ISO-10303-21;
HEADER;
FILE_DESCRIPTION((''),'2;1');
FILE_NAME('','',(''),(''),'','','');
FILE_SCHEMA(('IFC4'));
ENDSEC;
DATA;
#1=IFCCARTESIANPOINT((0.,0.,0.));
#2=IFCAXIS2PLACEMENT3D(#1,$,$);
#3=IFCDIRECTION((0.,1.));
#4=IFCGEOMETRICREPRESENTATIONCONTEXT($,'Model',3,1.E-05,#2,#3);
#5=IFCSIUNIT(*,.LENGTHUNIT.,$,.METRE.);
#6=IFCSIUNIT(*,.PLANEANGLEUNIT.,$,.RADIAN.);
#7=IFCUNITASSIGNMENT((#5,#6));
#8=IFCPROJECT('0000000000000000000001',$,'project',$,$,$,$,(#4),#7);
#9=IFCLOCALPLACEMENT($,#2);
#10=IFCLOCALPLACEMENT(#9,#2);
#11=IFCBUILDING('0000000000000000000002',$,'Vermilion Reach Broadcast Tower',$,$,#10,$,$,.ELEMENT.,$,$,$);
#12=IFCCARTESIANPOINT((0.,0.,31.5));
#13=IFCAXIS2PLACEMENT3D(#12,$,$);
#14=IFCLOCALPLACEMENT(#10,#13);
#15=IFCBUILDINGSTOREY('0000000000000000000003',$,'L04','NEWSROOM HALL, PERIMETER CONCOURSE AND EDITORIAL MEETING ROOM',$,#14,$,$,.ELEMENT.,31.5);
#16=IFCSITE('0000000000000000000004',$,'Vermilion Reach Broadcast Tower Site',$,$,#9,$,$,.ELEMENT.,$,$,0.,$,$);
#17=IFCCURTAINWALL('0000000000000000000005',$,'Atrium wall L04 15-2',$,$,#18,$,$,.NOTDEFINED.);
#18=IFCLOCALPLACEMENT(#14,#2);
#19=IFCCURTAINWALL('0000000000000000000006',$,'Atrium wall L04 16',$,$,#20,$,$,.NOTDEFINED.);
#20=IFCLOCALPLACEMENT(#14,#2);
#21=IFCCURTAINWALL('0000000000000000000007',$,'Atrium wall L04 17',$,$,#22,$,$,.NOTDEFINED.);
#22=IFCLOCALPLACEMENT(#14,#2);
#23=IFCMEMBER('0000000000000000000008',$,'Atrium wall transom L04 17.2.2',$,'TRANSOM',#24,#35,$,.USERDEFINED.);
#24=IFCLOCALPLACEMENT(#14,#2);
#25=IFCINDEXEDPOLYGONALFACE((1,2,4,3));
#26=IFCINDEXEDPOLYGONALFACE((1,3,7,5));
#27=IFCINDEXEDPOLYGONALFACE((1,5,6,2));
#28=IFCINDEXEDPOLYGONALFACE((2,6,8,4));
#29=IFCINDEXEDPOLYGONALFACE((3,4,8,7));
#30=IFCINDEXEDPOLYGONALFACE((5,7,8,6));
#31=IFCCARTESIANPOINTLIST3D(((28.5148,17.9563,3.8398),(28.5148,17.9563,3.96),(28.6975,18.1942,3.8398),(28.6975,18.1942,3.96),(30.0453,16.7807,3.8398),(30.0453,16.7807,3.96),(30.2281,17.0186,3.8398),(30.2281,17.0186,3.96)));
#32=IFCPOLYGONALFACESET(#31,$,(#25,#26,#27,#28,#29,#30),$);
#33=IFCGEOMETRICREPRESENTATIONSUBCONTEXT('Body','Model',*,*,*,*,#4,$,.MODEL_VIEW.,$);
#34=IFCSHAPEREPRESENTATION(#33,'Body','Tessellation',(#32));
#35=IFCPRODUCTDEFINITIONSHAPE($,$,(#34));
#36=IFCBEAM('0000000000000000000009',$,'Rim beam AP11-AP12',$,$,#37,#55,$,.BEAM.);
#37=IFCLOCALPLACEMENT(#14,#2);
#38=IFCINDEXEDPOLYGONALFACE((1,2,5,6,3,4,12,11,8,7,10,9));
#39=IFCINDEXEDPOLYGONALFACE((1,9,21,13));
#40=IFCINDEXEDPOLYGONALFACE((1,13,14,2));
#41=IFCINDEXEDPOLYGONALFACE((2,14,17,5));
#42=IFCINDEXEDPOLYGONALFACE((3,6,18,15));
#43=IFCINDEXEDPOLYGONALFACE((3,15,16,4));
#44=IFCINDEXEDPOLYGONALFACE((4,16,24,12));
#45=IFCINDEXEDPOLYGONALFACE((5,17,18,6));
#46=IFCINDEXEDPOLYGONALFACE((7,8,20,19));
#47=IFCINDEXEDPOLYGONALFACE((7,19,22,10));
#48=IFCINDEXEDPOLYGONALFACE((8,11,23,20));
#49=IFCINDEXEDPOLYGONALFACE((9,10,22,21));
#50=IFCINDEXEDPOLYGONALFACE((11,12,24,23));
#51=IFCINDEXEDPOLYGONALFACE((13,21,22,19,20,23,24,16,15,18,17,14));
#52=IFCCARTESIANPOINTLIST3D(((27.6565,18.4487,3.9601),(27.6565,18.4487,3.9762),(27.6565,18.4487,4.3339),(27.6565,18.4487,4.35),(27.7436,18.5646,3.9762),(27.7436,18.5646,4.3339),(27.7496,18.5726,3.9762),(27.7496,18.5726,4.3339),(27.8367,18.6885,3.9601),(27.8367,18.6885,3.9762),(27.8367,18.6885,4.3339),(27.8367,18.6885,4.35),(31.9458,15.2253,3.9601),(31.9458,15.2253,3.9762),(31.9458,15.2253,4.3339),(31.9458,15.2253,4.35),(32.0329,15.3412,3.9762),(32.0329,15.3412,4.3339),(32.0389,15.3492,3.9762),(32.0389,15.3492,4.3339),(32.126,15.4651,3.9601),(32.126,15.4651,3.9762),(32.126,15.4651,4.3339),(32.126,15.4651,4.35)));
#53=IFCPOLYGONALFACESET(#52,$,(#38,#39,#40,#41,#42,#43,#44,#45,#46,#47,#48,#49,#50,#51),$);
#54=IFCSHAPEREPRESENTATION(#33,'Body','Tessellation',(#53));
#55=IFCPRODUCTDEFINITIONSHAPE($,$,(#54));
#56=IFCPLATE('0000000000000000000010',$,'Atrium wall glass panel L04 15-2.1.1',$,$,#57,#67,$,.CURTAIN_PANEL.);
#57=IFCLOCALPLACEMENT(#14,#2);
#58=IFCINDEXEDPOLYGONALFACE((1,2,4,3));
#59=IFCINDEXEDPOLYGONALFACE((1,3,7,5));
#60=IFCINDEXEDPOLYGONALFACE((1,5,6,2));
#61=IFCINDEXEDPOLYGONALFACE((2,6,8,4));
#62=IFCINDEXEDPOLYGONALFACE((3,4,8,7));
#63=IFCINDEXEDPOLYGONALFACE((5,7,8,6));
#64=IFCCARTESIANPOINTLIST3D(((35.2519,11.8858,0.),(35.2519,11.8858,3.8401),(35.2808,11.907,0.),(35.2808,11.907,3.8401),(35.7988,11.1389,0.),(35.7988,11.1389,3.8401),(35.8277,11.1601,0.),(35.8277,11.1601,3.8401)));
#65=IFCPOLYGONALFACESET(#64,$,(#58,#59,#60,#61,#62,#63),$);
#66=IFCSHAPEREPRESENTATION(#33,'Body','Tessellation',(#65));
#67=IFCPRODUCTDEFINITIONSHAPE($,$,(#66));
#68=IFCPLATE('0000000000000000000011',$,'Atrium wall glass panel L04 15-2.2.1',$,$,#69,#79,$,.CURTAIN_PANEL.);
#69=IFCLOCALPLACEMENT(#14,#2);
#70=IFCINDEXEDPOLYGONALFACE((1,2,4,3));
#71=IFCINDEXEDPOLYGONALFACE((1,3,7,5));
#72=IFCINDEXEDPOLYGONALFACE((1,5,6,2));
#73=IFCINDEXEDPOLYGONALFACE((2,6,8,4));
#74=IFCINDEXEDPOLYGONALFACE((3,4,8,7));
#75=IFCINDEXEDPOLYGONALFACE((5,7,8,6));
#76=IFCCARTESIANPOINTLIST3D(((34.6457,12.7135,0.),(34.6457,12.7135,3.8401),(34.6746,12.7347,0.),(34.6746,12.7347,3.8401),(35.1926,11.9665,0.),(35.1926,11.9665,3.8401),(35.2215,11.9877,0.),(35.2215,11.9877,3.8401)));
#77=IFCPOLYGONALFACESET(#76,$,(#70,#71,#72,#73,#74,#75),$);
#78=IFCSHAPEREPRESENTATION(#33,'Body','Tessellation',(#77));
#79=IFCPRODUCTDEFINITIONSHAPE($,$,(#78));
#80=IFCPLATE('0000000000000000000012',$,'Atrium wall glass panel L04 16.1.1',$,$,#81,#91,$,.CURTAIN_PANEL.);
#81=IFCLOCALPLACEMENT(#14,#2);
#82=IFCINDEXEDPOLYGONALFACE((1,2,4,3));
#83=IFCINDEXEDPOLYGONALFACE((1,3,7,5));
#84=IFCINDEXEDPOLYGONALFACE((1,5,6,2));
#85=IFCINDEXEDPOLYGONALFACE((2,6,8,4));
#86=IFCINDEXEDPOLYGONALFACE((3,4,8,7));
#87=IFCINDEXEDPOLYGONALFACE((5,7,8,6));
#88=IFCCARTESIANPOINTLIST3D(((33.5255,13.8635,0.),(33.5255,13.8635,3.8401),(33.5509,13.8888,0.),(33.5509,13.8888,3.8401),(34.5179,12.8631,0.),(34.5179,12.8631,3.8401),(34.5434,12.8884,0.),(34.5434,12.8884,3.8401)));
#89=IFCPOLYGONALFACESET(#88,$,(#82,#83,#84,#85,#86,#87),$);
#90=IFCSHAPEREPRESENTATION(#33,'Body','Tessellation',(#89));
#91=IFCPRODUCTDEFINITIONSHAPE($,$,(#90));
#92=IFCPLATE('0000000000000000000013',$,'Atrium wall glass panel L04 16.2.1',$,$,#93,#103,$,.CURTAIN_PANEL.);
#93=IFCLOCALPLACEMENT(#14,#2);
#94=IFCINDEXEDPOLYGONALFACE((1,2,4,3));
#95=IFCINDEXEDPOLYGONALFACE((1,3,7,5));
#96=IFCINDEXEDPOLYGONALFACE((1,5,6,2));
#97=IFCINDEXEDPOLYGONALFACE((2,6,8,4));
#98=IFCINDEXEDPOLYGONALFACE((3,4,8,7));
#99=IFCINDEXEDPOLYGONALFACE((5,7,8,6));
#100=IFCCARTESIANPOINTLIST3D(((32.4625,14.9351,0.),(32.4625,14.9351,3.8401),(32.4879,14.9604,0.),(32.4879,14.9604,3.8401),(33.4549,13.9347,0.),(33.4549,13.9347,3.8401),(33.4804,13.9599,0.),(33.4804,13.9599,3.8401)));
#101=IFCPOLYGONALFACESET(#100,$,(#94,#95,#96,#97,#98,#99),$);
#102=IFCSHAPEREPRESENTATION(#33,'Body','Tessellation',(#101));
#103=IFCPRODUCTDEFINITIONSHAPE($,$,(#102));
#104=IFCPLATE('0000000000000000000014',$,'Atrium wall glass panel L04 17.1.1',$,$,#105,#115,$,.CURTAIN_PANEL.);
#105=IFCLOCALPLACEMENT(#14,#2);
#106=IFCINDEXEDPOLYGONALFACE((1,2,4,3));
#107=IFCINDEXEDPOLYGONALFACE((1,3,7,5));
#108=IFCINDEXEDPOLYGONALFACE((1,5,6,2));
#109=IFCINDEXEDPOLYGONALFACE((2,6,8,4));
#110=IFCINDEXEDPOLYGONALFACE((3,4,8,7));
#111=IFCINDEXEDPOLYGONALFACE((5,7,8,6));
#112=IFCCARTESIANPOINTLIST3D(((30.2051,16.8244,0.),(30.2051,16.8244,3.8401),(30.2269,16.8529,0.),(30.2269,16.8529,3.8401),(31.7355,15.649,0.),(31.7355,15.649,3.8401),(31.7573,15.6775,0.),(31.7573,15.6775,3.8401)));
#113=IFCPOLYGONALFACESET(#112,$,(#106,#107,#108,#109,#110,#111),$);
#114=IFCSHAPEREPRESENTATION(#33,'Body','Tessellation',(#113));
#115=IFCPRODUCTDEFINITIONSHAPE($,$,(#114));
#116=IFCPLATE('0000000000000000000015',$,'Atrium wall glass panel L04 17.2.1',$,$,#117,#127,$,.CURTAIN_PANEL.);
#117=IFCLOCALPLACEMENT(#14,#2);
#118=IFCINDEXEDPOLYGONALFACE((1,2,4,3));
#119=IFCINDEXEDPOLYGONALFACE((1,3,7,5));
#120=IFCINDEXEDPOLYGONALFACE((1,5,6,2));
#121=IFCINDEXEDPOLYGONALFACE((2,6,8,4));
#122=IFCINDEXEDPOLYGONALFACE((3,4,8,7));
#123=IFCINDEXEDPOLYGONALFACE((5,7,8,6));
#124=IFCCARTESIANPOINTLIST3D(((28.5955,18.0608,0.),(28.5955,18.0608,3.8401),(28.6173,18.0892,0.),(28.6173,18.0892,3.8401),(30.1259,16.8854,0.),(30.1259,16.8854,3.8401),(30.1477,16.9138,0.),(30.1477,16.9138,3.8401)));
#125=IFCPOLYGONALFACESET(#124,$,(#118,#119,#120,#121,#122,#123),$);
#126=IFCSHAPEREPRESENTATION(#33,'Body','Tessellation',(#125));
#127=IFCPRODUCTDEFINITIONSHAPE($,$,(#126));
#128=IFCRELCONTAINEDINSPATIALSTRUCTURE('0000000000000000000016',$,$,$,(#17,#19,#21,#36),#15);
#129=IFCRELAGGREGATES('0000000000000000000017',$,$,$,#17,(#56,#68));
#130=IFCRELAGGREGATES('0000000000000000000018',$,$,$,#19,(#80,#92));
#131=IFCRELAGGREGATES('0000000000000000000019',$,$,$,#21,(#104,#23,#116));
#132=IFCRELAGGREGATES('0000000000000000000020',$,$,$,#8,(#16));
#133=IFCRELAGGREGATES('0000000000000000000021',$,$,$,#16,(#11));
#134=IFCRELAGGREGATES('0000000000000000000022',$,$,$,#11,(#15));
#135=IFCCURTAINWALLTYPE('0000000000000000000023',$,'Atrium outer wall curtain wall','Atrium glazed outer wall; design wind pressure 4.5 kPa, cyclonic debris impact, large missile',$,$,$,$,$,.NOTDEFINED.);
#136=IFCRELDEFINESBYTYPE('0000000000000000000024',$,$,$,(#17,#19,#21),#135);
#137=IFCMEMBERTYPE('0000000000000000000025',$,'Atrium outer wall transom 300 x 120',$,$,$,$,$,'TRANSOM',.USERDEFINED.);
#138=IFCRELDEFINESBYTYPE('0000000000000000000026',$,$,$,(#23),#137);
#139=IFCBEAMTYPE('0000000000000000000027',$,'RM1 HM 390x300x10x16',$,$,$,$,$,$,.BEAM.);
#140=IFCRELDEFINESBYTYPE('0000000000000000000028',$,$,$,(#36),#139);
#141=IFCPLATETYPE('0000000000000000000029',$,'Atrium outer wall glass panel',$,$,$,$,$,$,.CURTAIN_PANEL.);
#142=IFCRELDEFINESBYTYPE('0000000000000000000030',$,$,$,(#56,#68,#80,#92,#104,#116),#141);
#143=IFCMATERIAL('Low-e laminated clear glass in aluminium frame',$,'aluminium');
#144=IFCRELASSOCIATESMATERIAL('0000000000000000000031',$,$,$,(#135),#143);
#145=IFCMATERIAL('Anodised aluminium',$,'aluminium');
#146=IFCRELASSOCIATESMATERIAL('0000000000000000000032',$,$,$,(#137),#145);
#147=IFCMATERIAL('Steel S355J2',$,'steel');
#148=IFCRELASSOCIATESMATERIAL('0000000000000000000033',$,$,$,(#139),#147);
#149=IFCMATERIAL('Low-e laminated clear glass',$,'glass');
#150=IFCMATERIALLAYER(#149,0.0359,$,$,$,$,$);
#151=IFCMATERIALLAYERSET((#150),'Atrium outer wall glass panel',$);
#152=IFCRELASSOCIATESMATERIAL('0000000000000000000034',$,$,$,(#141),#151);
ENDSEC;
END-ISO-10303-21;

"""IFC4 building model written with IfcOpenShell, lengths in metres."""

from ifc_helpers import new_model, si_unit, direction, frame, origin, origin_2d, place, context, subcontext, project, spatial, rectangle, i_section, extrude, material, layer, layer_set, material_profile, profile_set, type_object, element, aggregate, save


model = new_model("IFC4")

# Units and contexts
model_context = context("Model", 3, precision=1e-05, world=origin(), true_north=direction((0.0, 1.0)))
body_context = subcontext(model_context, "Body", "Model", "MODEL_VIEW")
ifc_project = project(units=[si_unit("LENGTHUNIT", "METRE"), si_unit("PLANEANGLEUNIT", "RADIAN")], contexts=[model_context])

# Site, building, storey
site_placement = place(None, origin())
site = spatial("IfcSite", under=ifc_project, at=site_placement, Name="Vermilion Reach Broadcast Tower Site", CompositionType="ELEMENT", RefElevation=0.0)
building_placement = place(site_placement, origin())
building = spatial("IfcBuilding", under=site, at=building_placement, Name="Vermilion Reach Broadcast Tower", CompositionType="ELEMENT")
storey_placement = place(building_placement, frame((0.0, 0.0, 31.5)))
storey = spatial("IfcBuildingStorey", under=building, at=storey_placement, Name="L04", Description="NEWSROOM HALL, PERIMETER CONCOURSE AND EDITORIAL MEETING ROOM", CompositionType="ELEMENT", Elevation=31.5)

# Curtain walls
ifc_material_1 = material(Name="Low-e laminated clear glass in aluminium frame", Category="aluminium")
curtain_wall_type = type_object("IfcCurtainWallType", Name="Atrium outer wall curtain wall", Description="Atrium glazed outer wall; design wind pressure 4.5 kPa, cyclonic debris impact, large missile", PredefinedType="NOTDEFINED", material=ifc_material_1)
placement = place(storey_placement, origin())
curtain_wall_1 = element("IfcCurtainWall", 1, at=placement, inside=storey, type_object=curtain_wall_type, Name="Atrium wall L04 15-2", PredefinedType="NOTDEFINED")
curtain_wall_2 = element("IfcCurtainWall", 2, at=placement, inside=storey, type_object=curtain_wall_type, Name="Atrium wall L04 16", PredefinedType="NOTDEFINED")
curtain_wall_3 = element("IfcCurtainWall", 3, at=placement, inside=storey, type_object=curtain_wall_type, Name="Atrium wall L04 17", PredefinedType="NOTDEFINED")

# Member
ifc_material_2 = material(Name="Anodised aluminium", Category="aluminium")
ifc_material_profile_1 = material_profile(ifc_material_2, rectangle(XDim=0.3, YDim=0.1201, at=origin_2d()), Name="Atrium outer wall transom 300 x 120")
ifc_profile_set_1 = profile_set([ifc_material_profile_1], Name="Anodised aluminium")
member_type_1 = type_object("IfcMemberType", Name="Atrium outer wall transom 300 x 120", ElementType="TRANSOM", PredefinedType="USERDEFINED", material=ifc_profile_set_1)
member_1_placement = place(storey_placement, frame((30.1367, 16.8997, 3.8999), z_axis=(-0.793071, 0.60913, 0.0), x_axis=(-0.60913, -0.793071, 0.0)))
member_1 = element("IfcMember", 4, at=member_1_placement, type_object=member_type_1, Name="Atrium wall transom L04 17.2.2", ObjectType="TRANSOM", PredefinedType="USERDEFINED", context=body_context, shape_type="SweptSolid", body=[
    extrude(rectangle(XDim=0.3, YDim=0.1201, at=origin_2d()), origin(), (0.0, 0.0, 1.0), 1.9299),
])

# Beam
ifc_material_3 = material(Name="Steel S355J2", Category="steel")
ifc_material_profile_2 = material_profile(ifc_material_3, i_section(OverallWidth=0.3, OverallDepth=0.3899, WebThickness=0.01, FlangeThickness=0.0161, at=origin_2d()), Name="S355J2 HM 390x300x10x16")
ifc_profile_set_2 = profile_set([ifc_material_profile_2], Name="Steel S355J2")
beam_type = type_object("IfcBeamType", Name="RM1 HM 390x300x10x16", PredefinedType="BEAM", material=ifc_profile_set_2)
beam_placement = place(storey_placement, frame((32.0359, 15.3452, 4.155), z_axis=(-0.799426, 0.600764, 0.0), x_axis=(-0.600764, -0.799426, 0.0)))
element("IfcBeam", 5, at=beam_placement, inside=storey, type_object=beam_type, Name="Rim beam AP11-AP12", PredefinedType="BEAM", context=body_context, shape_type="SweptSolid", body=[
    extrude(i_section(OverallWidth=0.3, OverallDepth=0.3899, WebThickness=0.01, FlangeThickness=0.0161, at=origin_2d()), origin(), (0.0, 0.0, 1.0), 5.3655),
])

# Plates
ifc_material_4 = material(Name="Low-e laminated clear glass", Category="glass")
ifc_layer = layer(ifc_material_4, 0.0359)
ifc_layer_set = layer_set([ifc_layer], Name="Atrium outer wall glass panel")
plate_type = type_object("IfcPlateType", Name="Atrium outer wall glass panel", PredefinedType="CURTAIN_PANEL", material=ifc_layer_set)
plate_1_placement = place(storey_placement, frame((35.5398, 11.5229, 0.0), z_axis=(0.0, 0.0, 1.0), x_axis=(-0.59076, 0.806847, 0.0)))
plate_1 = element("IfcPlate", 6, at=plate_1_placement, type_object=plate_type, Name="Atrium wall glass panel L04 15-2.1.1", PredefinedType="CURTAIN_PANEL", context=body_context, shape_type="SweptSolid", body=[
    extrude(rectangle(XDim=0.9258, YDim=0.0359, at=origin_2d()), origin(), (0.0, 0.0, 1.0), 3.8401),
])
plate_2_placement = place(storey_placement, frame((34.9336, 12.3506, 0.0), z_axis=(0.0, 0.0, 1.0), x_axis=(-0.59076, 0.806847, 0.0)))
plate_2 = element("IfcPlate", 7, at=plate_2_placement, type_object=plate_type, Name="Atrium wall glass panel L04 15-2.2.1", PredefinedType="CURTAIN_PANEL", context=body_context, shape_type="SweptSolid", body=[
    extrude(rectangle(XDim=0.9258, YDim=0.0359, at=origin_2d()), origin(), (0.0, 0.0, 1.0), 3.8401),
])
aggregate(curtain_wall_1, [plate_1, plate_2])
plate_3_placement = place(storey_placement, frame((34.0344, 13.376, 0.0), z_axis=(0.0, 0.0, 1.0), x_axis=(-0.704276, 0.709926, 0.0)))
plate_3 = element("IfcPlate", 8, at=plate_3_placement, type_object=plate_type, Name="Atrium wall glass panel L04 16.1.1", PredefinedType="CURTAIN_PANEL", context=body_context, shape_type="SweptSolid", body=[
    extrude(rectangle(XDim=1.4092, YDim=0.0359, at=origin_2d()), origin(), (0.0, 0.0, 1.0), 3.8401),
])
plate_4_placement = place(storey_placement, frame((32.9714, 14.4475, 0.0), z_axis=(0.0, 0.0, 1.0), x_axis=(-0.704276, 0.709926, 0.0)))
plate_4 = element("IfcPlate", 9, at=plate_4_placement, type_object=plate_type, Name="Atrium wall glass panel L04 16.2.1", PredefinedType="CURTAIN_PANEL", context=body_context, shape_type="SweptSolid", body=[
    extrude(rectangle(XDim=1.4092, YDim=0.0359, at=origin_2d()), origin(), (0.0, 0.0, 1.0), 3.8401),
])
aggregate(curtain_wall_2, [plate_3, plate_4])
plate_5_placement = place(storey_placement, frame((30.9812, 16.251, 0.0), z_axis=(0.0, 0.0, 1.0), x_axis=(-0.793083, 0.609114, 0.0)))
plate_5 = element("IfcPlate", 10, at=plate_5_placement, type_object=plate_type, Name="Atrium wall glass panel L04 17.1.1", PredefinedType="CURTAIN_PANEL", context=body_context, shape_type="SweptSolid", body=[
    extrude(rectangle(XDim=1.9297, YDim=0.0359, at=origin_2d()), origin(), (0.0, 0.0, 1.0), 3.8401),
])
plate_6_placement = place(storey_placement, frame((29.3716, 17.4873, 0.0), z_axis=(0.0, 0.0, 1.0), x_axis=(-0.793083, 0.609114, 0.0)))
plate_6 = element("IfcPlate", 11, at=plate_6_placement, type_object=plate_type, Name="Atrium wall glass panel L04 17.2.1", PredefinedType="CURTAIN_PANEL", context=body_context, shape_type="SweptSolid", body=[
    extrude(rectangle(XDim=1.9297, YDim=0.0359, at=origin_2d()), origin(), (0.0, 0.0, 1.0), 3.8401),
])
aggregate(curtain_wall_3, [plate_5, member_1, plate_6])

save(model, "model.ifc")
